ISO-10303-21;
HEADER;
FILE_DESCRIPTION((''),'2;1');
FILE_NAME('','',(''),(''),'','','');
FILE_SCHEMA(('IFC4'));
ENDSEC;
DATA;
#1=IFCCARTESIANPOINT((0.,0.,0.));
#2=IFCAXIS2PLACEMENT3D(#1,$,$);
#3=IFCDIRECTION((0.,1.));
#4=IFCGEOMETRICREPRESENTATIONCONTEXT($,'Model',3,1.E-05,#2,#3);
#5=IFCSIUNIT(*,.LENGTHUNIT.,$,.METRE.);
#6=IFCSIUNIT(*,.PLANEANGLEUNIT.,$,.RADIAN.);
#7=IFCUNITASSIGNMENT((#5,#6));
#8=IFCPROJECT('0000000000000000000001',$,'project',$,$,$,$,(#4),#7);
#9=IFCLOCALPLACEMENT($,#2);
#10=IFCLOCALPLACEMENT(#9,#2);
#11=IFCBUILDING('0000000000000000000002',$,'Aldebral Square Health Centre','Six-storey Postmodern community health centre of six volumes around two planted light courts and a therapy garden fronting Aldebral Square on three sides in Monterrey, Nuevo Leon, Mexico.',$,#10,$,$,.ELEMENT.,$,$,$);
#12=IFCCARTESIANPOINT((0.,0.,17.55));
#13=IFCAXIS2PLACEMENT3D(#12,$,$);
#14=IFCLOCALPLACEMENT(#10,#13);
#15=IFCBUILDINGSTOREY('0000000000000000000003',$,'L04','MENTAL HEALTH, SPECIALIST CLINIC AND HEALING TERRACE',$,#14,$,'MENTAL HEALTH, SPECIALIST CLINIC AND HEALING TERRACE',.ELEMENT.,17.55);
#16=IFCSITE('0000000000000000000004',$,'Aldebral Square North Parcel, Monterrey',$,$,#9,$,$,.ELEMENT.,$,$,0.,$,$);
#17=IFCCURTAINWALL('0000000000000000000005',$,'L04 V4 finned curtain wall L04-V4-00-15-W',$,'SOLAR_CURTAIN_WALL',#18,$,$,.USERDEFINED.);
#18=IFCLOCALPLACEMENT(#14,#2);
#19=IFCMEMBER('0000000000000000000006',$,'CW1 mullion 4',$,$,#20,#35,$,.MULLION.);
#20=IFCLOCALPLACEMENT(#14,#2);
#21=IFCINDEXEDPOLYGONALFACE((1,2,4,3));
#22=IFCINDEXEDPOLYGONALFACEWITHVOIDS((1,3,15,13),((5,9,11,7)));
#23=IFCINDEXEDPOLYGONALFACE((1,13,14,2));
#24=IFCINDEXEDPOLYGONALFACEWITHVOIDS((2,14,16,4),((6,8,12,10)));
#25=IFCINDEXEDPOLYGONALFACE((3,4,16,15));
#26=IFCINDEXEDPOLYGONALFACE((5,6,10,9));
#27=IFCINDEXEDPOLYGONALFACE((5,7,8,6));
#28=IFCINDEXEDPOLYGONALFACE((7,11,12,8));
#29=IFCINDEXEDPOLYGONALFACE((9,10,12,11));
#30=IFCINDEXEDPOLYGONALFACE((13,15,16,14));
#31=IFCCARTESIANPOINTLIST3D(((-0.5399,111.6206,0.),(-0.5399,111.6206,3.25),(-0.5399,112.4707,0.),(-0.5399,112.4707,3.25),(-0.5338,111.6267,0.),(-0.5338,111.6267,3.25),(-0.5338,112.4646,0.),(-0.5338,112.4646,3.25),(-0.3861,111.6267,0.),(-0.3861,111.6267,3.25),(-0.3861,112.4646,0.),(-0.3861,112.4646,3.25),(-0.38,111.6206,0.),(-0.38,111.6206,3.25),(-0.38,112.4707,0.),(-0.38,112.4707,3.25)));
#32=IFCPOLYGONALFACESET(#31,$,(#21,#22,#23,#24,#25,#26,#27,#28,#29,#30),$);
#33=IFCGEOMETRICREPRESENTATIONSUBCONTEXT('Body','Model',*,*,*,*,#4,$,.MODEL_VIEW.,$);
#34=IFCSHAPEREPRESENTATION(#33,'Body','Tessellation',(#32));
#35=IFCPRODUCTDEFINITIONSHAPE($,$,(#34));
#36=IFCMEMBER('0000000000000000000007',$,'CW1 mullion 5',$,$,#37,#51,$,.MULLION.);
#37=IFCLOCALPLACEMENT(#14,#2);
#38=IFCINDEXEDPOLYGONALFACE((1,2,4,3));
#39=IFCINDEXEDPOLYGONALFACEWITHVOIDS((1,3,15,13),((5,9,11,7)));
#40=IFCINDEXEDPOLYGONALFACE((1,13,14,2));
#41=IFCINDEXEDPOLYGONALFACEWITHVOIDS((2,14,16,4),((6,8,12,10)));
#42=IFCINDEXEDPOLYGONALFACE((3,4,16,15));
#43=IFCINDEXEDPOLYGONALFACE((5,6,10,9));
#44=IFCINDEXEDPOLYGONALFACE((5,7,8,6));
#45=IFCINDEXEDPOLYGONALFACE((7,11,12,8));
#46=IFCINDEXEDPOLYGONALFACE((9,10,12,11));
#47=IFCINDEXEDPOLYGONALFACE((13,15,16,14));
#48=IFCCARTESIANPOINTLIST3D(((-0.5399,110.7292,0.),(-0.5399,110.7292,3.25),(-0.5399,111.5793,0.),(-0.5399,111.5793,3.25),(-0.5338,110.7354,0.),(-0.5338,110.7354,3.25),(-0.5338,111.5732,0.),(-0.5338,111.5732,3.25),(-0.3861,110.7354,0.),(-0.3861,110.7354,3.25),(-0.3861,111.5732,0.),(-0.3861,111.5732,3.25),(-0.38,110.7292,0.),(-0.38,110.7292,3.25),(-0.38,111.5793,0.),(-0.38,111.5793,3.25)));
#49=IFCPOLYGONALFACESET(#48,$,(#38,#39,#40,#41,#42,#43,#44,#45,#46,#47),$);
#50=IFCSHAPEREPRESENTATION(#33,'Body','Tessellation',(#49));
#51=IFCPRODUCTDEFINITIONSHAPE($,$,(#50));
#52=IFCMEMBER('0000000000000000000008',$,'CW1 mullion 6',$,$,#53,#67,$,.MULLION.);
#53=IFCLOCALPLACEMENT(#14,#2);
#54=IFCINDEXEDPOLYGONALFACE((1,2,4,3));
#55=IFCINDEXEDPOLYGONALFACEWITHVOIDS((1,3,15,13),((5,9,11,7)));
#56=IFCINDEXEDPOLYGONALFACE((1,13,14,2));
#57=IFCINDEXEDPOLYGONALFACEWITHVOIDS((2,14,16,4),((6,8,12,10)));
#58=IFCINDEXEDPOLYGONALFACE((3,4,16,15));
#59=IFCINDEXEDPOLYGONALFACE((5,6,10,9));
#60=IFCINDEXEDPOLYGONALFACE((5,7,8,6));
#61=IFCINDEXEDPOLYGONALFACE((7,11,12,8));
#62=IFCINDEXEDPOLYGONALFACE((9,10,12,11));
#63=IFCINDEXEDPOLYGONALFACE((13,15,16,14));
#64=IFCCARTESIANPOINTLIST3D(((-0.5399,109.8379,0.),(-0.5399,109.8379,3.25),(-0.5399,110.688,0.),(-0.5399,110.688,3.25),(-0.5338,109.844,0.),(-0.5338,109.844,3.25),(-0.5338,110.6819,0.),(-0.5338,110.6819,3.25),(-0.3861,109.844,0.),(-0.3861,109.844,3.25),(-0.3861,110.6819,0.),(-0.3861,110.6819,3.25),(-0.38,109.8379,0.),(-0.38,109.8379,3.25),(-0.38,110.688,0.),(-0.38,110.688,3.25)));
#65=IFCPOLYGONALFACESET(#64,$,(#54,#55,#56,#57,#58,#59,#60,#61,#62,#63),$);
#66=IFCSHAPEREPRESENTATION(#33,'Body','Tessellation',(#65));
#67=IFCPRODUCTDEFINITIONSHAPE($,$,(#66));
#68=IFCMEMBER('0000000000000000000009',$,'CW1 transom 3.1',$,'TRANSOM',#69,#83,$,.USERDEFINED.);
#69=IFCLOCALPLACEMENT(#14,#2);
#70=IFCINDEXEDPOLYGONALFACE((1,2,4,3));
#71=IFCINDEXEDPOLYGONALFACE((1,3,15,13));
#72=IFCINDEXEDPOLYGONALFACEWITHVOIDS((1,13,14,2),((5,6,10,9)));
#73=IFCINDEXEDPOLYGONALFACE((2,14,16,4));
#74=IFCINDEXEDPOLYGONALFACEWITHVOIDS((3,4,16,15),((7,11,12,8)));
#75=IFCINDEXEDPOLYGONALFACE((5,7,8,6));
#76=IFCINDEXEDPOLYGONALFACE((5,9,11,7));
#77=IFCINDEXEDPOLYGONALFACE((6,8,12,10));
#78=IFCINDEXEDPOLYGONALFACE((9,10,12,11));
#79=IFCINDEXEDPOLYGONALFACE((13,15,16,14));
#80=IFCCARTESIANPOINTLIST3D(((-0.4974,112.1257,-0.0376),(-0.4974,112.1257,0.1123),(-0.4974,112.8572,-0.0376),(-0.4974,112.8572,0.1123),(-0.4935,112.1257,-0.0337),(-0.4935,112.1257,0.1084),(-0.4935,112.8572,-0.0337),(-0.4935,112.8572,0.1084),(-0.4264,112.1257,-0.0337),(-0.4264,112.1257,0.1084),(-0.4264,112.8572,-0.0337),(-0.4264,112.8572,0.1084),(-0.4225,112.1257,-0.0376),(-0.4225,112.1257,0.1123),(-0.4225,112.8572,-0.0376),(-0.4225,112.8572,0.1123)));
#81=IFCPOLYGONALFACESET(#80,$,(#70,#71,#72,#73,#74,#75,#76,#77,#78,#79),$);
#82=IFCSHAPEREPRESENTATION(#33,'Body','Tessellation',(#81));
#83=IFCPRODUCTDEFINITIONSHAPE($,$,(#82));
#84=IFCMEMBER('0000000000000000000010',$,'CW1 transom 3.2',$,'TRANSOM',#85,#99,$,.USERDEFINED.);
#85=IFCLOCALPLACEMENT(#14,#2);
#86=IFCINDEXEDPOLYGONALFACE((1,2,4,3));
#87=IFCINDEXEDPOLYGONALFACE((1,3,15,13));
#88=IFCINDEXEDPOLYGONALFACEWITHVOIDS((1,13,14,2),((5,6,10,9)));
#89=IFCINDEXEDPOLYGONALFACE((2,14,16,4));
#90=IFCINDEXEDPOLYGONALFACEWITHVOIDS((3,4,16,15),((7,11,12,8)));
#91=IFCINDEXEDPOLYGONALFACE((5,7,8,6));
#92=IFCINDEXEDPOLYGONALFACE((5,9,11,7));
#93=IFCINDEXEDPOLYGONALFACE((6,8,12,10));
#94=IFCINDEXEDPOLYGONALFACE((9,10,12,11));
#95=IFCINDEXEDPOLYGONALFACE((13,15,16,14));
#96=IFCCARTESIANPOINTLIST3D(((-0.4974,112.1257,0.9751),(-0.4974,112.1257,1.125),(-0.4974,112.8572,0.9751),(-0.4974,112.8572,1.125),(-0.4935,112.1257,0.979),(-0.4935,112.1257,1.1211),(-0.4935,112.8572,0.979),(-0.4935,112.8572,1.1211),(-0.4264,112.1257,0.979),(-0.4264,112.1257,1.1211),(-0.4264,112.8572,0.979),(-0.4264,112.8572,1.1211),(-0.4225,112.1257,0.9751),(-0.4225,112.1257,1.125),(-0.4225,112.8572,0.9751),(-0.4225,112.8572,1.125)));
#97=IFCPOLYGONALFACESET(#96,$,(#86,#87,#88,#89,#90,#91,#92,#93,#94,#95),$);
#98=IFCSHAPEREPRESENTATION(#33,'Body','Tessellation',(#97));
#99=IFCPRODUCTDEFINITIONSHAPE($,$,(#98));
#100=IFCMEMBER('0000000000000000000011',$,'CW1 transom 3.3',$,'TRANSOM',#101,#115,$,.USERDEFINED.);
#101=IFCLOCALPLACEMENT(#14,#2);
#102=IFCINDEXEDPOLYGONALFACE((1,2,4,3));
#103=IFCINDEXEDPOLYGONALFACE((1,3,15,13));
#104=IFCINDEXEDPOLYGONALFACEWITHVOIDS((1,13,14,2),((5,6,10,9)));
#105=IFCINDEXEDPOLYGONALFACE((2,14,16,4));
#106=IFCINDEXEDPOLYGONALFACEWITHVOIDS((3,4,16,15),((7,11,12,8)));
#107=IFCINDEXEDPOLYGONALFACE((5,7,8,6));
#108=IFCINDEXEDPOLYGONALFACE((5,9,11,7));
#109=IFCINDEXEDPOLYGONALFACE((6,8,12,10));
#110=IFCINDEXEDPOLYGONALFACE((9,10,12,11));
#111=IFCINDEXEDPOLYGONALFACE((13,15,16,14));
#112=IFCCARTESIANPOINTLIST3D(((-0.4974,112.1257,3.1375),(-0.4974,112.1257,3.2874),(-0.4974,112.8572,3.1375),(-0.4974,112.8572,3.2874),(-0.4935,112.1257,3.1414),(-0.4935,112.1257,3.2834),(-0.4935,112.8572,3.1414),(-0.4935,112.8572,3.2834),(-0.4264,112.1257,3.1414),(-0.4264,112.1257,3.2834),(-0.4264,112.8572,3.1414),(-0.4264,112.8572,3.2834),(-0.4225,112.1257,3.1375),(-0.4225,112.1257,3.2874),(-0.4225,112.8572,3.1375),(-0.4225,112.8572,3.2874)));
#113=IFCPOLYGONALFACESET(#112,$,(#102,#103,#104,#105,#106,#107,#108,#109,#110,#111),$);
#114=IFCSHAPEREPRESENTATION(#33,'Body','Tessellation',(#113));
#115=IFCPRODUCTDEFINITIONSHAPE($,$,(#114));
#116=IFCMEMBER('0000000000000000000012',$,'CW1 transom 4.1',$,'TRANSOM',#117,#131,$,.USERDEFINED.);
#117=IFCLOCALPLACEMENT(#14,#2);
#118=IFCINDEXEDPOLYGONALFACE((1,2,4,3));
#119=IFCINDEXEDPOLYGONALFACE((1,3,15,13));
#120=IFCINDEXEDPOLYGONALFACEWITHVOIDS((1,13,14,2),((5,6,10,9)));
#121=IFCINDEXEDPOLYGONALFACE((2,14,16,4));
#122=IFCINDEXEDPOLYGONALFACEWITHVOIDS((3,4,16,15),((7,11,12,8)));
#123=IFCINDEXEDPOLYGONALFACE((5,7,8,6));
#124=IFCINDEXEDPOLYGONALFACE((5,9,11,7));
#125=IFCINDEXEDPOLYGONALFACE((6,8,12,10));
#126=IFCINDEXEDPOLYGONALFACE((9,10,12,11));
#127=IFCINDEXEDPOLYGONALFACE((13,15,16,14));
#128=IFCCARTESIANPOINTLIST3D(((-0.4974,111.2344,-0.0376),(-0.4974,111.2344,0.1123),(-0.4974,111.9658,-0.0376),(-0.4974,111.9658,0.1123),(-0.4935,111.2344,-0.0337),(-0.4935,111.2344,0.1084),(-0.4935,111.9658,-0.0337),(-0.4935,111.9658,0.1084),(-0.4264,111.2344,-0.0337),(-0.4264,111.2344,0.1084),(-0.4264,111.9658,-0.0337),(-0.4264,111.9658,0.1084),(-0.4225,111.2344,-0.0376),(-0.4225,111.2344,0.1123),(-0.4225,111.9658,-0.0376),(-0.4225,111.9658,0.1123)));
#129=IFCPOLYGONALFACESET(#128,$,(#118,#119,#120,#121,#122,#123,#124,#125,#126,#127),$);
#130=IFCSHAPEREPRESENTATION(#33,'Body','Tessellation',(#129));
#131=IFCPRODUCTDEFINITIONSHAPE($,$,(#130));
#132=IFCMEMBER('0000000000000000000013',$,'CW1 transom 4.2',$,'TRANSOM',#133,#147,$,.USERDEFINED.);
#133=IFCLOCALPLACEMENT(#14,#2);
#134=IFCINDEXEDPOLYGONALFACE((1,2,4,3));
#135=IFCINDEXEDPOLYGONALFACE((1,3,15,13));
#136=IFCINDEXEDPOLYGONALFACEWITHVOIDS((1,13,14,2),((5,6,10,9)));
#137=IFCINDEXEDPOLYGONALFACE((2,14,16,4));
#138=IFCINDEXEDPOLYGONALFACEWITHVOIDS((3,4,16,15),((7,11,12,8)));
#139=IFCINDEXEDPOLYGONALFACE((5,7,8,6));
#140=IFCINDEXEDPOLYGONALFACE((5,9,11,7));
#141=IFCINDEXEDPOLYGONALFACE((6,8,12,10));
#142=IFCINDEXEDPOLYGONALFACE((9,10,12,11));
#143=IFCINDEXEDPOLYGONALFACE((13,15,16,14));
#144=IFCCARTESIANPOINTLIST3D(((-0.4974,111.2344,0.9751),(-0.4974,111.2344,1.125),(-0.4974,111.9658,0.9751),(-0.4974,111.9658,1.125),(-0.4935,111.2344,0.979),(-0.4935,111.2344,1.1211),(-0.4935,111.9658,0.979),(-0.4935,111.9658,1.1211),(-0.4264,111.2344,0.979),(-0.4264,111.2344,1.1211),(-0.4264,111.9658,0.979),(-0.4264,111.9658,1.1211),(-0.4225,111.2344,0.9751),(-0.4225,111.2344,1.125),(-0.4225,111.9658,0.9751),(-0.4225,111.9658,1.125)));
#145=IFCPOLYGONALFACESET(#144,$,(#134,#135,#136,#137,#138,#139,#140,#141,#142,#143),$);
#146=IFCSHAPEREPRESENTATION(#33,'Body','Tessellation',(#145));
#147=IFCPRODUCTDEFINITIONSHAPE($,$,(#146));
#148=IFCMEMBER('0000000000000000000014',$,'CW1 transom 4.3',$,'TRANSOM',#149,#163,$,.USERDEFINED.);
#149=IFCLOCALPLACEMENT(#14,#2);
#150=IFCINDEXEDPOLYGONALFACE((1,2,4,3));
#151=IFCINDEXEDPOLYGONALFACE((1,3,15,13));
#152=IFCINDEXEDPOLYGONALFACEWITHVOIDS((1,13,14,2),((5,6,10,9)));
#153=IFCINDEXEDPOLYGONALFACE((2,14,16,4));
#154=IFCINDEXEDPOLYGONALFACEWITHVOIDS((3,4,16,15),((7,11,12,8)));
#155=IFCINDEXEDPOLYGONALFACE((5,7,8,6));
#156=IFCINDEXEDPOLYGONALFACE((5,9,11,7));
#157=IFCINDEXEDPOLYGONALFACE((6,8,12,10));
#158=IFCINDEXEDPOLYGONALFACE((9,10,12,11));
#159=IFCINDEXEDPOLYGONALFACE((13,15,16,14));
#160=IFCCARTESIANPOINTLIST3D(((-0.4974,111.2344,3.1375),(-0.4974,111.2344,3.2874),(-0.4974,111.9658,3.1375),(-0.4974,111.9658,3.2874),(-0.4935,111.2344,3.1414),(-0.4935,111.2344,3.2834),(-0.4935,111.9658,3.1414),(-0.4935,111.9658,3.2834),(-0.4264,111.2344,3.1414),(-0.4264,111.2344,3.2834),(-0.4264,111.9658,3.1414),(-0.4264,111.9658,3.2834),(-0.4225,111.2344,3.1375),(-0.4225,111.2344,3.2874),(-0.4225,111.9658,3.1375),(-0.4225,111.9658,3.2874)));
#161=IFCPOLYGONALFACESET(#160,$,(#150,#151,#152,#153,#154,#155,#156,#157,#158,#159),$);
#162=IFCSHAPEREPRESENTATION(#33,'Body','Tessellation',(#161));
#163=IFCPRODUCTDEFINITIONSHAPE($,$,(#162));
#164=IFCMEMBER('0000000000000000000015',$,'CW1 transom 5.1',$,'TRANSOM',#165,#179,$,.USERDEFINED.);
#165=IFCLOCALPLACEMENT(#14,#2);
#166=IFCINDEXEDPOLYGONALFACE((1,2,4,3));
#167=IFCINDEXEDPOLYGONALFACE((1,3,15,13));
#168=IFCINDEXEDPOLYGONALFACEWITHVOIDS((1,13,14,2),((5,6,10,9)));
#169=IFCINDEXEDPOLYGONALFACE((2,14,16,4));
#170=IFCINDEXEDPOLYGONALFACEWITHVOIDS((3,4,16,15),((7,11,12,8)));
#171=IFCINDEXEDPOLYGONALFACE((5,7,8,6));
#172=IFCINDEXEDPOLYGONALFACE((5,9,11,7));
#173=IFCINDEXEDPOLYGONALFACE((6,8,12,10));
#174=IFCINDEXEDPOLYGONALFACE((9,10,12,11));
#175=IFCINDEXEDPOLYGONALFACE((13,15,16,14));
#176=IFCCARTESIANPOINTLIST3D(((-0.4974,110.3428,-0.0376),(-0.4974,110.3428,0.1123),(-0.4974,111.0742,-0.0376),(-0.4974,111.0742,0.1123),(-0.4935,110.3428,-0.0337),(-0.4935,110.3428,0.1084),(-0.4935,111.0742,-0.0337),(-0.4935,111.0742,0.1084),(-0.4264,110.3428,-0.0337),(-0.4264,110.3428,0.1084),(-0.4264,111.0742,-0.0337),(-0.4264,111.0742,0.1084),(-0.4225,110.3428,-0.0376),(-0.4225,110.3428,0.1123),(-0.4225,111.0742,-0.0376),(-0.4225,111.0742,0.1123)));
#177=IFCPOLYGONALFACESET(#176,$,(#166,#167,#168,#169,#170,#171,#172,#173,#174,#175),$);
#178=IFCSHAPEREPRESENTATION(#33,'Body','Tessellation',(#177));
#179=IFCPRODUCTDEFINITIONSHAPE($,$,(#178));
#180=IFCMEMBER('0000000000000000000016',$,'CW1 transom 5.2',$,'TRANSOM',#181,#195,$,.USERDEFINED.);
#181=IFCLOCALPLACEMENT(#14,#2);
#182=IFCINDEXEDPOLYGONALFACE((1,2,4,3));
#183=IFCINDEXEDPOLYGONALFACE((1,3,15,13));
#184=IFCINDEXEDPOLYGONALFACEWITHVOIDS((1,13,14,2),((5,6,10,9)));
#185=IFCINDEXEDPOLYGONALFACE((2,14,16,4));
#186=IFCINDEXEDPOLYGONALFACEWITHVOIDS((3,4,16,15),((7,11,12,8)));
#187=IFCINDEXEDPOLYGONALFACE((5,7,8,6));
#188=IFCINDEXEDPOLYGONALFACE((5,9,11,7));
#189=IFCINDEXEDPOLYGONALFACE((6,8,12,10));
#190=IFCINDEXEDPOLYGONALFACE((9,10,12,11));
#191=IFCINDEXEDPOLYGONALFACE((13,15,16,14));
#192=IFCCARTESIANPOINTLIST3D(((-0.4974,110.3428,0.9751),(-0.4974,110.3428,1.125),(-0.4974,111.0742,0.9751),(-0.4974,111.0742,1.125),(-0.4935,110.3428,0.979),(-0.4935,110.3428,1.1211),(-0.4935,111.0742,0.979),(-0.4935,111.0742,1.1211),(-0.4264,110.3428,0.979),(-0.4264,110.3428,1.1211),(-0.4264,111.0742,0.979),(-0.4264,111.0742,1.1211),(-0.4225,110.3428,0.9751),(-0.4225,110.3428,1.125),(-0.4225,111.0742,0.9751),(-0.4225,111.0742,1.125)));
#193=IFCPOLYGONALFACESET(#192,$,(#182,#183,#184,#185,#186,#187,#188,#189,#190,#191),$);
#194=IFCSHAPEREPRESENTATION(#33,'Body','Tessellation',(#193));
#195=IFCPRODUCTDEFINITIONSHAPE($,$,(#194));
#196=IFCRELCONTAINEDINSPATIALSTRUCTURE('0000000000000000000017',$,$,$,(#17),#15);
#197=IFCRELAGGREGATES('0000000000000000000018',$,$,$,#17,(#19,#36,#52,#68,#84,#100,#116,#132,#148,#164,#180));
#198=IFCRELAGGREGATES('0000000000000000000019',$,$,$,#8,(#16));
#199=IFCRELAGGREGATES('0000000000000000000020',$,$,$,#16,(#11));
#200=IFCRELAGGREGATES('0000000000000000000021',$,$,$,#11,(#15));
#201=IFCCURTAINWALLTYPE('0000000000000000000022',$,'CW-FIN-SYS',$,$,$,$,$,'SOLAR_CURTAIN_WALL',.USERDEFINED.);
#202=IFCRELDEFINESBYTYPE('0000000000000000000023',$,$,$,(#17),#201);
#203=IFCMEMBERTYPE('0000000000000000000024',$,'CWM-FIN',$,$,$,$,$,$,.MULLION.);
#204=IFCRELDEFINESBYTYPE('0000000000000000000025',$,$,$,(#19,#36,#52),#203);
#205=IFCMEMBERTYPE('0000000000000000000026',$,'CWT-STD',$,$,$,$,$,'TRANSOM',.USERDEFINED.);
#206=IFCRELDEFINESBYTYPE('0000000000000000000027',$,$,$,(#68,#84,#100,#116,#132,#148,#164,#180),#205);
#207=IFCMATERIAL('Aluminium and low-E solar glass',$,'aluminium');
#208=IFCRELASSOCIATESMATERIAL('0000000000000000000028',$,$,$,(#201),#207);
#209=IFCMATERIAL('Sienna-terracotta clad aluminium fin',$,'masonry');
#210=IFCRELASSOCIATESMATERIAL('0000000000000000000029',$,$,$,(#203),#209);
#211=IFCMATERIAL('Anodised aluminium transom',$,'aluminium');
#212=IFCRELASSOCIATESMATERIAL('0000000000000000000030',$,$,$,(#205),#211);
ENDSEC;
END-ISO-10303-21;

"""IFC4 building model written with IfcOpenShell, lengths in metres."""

from ifc_helpers import new_model, si_unit, direction, frame, origin, origin_2d, place, context, subcontext, project, spatial, hollow_rectangle, extrude, material, material_profile, profile_set, type_object, element, aggregate, save


model = new_model("IFC4")

# Units and contexts
model_context = context("Model", 3, precision=1e-05, world=origin(), true_north=direction((0.0, 1.0)))
body_context = subcontext(model_context, "Body", "Model", "MODEL_VIEW")
ifc_project = project(units=[si_unit("LENGTHUNIT", "METRE"), si_unit("PLANEANGLEUNIT", "RADIAN")], contexts=[model_context])

# Site, building, storey
site_placement = place(None, origin())
site = spatial("IfcSite", under=ifc_project, at=site_placement, Name="Aldebral Square North Parcel, Monterrey", CompositionType="ELEMENT", RefElevation=0.0)
building_placement = place(site_placement, origin())
building = spatial("IfcBuilding", under=site, at=building_placement, Name="Aldebral Square Health Centre", Description="Six-storey Postmodern community health centre of six volumes around two planted light courts and a therapy garden fronting Aldebral Square on three sides in Monterrey, Nuevo Leon, Mexico.", CompositionType="ELEMENT")
storey_placement = place(building_placement, frame((0.0, 0.0, 17.55)))
storey = spatial("IfcBuildingStorey", under=building, at=storey_placement, Name="L04", Description="MENTAL HEALTH, SPECIALIST CLINIC AND HEALING TERRACE", LongName="MENTAL HEALTH, SPECIALIST CLINIC AND HEALING TERRACE", CompositionType="ELEMENT", Elevation=17.55)

# Curtain wall, members
ifc_material_1 = material(Name="Aluminium and low-E solar glass", Category="aluminium")
curtain_wall_type = type_object("IfcCurtainWallType", Name="CW-FIN-SYS", ElementType="SOLAR_CURTAIN_WALL", PredefinedType="USERDEFINED", material=ifc_material_1)
curtain_wall_placement = place(storey_placement, origin())
curtain_wall = element("IfcCurtainWall", 1, at=curtain_wall_placement, inside=storey, type_object=curtain_wall_type, Name="L04 V4 finned curtain wall L04-V4-00-15-W", ObjectType="SOLAR_CURTAIN_WALL", PredefinedType="USERDEFINED")
ifc_material_2 = material(Name="Sienna-terracotta clad aluminium fin", Category="masonry")
ifc_material_profile_1 = material_profile(ifc_material_2, hollow_rectangle(XDim=0.1599, YDim=0.8501, WallThickness=0.0061, at=origin_2d()), Name="FIN 160x850x6")
ifc_profile_set_1 = profile_set([ifc_material_profile_1], Name="Sienna-terracotta clad aluminium fin")
member_type_1 = type_object("IfcMemberType", Name="CWM-FIN", PredefinedType="MULLION", material=ifc_profile_set_1)
member_1_placement = place(storey_placement, frame((-0.46, 112.0457, 0.0), z_axis=(0.0, 0.0, 1.0), x_axis=(1.0, 0.0, 0.0)))
member_1 = element("IfcMember", 2, at=member_1_placement, type_object=member_type_1, Name="CW1 mullion 4", PredefinedType="MULLION", context=body_context, shape_type="SweptSolid", body=[
    extrude(hollow_rectangle(XDim=0.1599, YDim=0.8501, WallThickness=0.0061, at=origin_2d()), origin(), (0.0, 0.0, 1.0), 3.25),
])
member_2_placement = place(storey_placement, frame((-0.46, 111.1543, 0.0), z_axis=(0.0, 0.0, 1.0), x_axis=(1.0, 0.0, 0.0)))
member_2 = element("IfcMember", 3, at=member_2_placement, type_object=member_type_1, Name="CW1 mullion 5", PredefinedType="MULLION", context=body_context, shape_type="SweptSolid", body=[
    extrude(hollow_rectangle(XDim=0.1599, YDim=0.8501, WallThickness=0.0061, at=origin_2d()), origin(), (0.0, 0.0, 1.0), 3.25),
])
member_3_placement = place(storey_placement, frame((-0.46, 110.2629, 0.0), z_axis=(0.0, 0.0, 1.0), x_axis=(1.0, 0.0, 0.0)))
member_3 = element("IfcMember", 4, at=member_3_placement, type_object=member_type_1, Name="CW1 mullion 6", PredefinedType="MULLION", context=body_context, shape_type="SweptSolid", body=[
    extrude(hollow_rectangle(XDim=0.1599, YDim=0.8501, WallThickness=0.0061, at=origin_2d()), origin(), (0.0, 0.0, 1.0), 3.25),
])
ifc_material_3 = material(Name="Anodised aluminium transom", Category="aluminium")
ifc_material_profile_2 = material_profile(ifc_material_3, hollow_rectangle(XDim=0.075, YDim=0.1499, WallThickness=0.0039, at=origin_2d()), Name="CWT 75x150x4")
ifc_profile_set_2 = profile_set([ifc_material_profile_2], Name="Anodised aluminium transom")
member_type_2 = type_object("IfcMemberType", Name="CWT-STD", ElementType="TRANSOM", PredefinedType="USERDEFINED", material=ifc_profile_set_2)
member_4_placement = place(storey_placement, frame((-0.46, 112.8572, 0.0374), z_axis=(0.0, -1.0, 0.0), x_axis=(1.0, 0.0, 0.0)))
member_4 = element("IfcMember", 5, at=member_4_placement, type_object=member_type_2, Name="CW1 transom 3.1", ObjectType="TRANSOM", PredefinedType="USERDEFINED", context=body_context, shape_type="SweptSolid", body=[
    extrude(hollow_rectangle(XDim=0.075, YDim=0.1499, WallThickness=0.0039, at=origin_2d()), origin(), (0.0, 0.0, 1.0), 0.7314),
])
member_5_placement = place(storey_placement, frame((-0.46, 112.8572, 1.05), z_axis=(0.0, -1.0, 0.0), x_axis=(1.0, 0.0, 0.0)))
member_5 = element("IfcMember", 6, at=member_5_placement, type_object=member_type_2, Name="CW1 transom 3.2", ObjectType="TRANSOM", PredefinedType="USERDEFINED", context=body_context, shape_type="SweptSolid", body=[
    extrude(hollow_rectangle(XDim=0.075, YDim=0.1499, WallThickness=0.0039, at=origin_2d()), origin(), (0.0, 0.0, 1.0), 0.7314),
])
member_6_placement = place(storey_placement, frame((-0.46, 112.8572, 3.2124), z_axis=(0.0, -1.0, 0.0), x_axis=(1.0, 0.0, 0.0)))
member_6 = element("IfcMember", 7, at=member_6_placement, type_object=member_type_2, Name="CW1 transom 3.3", ObjectType="TRANSOM", PredefinedType="USERDEFINED", context=body_context, shape_type="SweptSolid", body=[
    extrude(hollow_rectangle(XDim=0.075, YDim=0.1499, WallThickness=0.0039, at=origin_2d()), origin(), (0.0, 0.0, 1.0), 0.7314),
])
member_7_placement = place(storey_placement, frame((-0.46, 111.9658, 0.0374), z_axis=(0.0, -1.0, 0.0), x_axis=(1.0, 0.0, 0.0)))
member_7 = element("IfcMember", 8, at=member_7_placement, type_object=member_type_2, Name="CW1 transom 4.1", ObjectType="TRANSOM", PredefinedType="USERDEFINED", context=body_context, shape_type="SweptSolid", body=[
    extrude(hollow_rectangle(XDim=0.075, YDim=0.1499, WallThickness=0.0039, at=origin_2d()), origin(), (0.0, 0.0, 1.0), 0.7314),
])
member_8_placement = place(storey_placement, frame((-0.46, 111.9658, 1.05), z_axis=(0.0, -1.0, 0.0), x_axis=(1.0, 0.0, 0.0)))
member_8 = element("IfcMember", 9, at=member_8_placement, type_object=member_type_2, Name="CW1 transom 4.2", ObjectType="TRANSOM", PredefinedType="USERDEFINED", context=body_context, shape_type="SweptSolid", body=[
    extrude(hollow_rectangle(XDim=0.075, YDim=0.1499, WallThickness=0.0039, at=origin_2d()), origin(), (0.0, 0.0, 1.0), 0.7314),
])
member_9_placement = place(storey_placement, frame((-0.46, 111.9658, 3.2124), z_axis=(0.0, -1.0, 0.0), x_axis=(1.0, 0.0, 0.0)))
member_9 = element("IfcMember", 10, at=member_9_placement, type_object=member_type_2, Name="CW1 transom 4.3", ObjectType="TRANSOM", PredefinedType="USERDEFINED", context=body_context, shape_type="SweptSolid", body=[
    extrude(hollow_rectangle(XDim=0.075, YDim=0.1499, WallThickness=0.0039, at=origin_2d()), origin(), (0.0, 0.0, 1.0), 0.7314),
])
member_10_placement = place(storey_placement, frame((-0.46, 111.0742, 0.0374), z_axis=(0.0, -1.0, 0.0), x_axis=(1.0, 0.0, 0.0)))
member_10 = element("IfcMember", 11, at=member_10_placement, type_object=member_type_2, Name="CW1 transom 5.1", ObjectType="TRANSOM", PredefinedType="USERDEFINED", context=body_context, shape_type="SweptSolid", body=[
    extrude(hollow_rectangle(XDim=0.075, YDim=0.1499, WallThickness=0.0039, at=origin_2d()), origin(), (0.0, 0.0, 1.0), 0.7314),
])
member_11_placement = place(storey_placement, frame((-0.46, 111.0742, 1.05), z_axis=(0.0, -1.0, 0.0), x_axis=(1.0, 0.0, 0.0)))
member_11 = element("IfcMember", 12, at=member_11_placement, type_object=member_type_2, Name="CW1 transom 5.2", ObjectType="TRANSOM", PredefinedType="USERDEFINED", context=body_context, shape_type="SweptSolid", body=[
    extrude(hollow_rectangle(XDim=0.075, YDim=0.1499, WallThickness=0.0039, at=origin_2d()), origin(), (0.0, 0.0, 1.0), 0.7314),
])
aggregate(curtain_wall, [member_1, member_2, member_3, member_4, member_5, member_6, member_7, member_8, member_9, member_10, member_11])

save(model, "model.ifc")
